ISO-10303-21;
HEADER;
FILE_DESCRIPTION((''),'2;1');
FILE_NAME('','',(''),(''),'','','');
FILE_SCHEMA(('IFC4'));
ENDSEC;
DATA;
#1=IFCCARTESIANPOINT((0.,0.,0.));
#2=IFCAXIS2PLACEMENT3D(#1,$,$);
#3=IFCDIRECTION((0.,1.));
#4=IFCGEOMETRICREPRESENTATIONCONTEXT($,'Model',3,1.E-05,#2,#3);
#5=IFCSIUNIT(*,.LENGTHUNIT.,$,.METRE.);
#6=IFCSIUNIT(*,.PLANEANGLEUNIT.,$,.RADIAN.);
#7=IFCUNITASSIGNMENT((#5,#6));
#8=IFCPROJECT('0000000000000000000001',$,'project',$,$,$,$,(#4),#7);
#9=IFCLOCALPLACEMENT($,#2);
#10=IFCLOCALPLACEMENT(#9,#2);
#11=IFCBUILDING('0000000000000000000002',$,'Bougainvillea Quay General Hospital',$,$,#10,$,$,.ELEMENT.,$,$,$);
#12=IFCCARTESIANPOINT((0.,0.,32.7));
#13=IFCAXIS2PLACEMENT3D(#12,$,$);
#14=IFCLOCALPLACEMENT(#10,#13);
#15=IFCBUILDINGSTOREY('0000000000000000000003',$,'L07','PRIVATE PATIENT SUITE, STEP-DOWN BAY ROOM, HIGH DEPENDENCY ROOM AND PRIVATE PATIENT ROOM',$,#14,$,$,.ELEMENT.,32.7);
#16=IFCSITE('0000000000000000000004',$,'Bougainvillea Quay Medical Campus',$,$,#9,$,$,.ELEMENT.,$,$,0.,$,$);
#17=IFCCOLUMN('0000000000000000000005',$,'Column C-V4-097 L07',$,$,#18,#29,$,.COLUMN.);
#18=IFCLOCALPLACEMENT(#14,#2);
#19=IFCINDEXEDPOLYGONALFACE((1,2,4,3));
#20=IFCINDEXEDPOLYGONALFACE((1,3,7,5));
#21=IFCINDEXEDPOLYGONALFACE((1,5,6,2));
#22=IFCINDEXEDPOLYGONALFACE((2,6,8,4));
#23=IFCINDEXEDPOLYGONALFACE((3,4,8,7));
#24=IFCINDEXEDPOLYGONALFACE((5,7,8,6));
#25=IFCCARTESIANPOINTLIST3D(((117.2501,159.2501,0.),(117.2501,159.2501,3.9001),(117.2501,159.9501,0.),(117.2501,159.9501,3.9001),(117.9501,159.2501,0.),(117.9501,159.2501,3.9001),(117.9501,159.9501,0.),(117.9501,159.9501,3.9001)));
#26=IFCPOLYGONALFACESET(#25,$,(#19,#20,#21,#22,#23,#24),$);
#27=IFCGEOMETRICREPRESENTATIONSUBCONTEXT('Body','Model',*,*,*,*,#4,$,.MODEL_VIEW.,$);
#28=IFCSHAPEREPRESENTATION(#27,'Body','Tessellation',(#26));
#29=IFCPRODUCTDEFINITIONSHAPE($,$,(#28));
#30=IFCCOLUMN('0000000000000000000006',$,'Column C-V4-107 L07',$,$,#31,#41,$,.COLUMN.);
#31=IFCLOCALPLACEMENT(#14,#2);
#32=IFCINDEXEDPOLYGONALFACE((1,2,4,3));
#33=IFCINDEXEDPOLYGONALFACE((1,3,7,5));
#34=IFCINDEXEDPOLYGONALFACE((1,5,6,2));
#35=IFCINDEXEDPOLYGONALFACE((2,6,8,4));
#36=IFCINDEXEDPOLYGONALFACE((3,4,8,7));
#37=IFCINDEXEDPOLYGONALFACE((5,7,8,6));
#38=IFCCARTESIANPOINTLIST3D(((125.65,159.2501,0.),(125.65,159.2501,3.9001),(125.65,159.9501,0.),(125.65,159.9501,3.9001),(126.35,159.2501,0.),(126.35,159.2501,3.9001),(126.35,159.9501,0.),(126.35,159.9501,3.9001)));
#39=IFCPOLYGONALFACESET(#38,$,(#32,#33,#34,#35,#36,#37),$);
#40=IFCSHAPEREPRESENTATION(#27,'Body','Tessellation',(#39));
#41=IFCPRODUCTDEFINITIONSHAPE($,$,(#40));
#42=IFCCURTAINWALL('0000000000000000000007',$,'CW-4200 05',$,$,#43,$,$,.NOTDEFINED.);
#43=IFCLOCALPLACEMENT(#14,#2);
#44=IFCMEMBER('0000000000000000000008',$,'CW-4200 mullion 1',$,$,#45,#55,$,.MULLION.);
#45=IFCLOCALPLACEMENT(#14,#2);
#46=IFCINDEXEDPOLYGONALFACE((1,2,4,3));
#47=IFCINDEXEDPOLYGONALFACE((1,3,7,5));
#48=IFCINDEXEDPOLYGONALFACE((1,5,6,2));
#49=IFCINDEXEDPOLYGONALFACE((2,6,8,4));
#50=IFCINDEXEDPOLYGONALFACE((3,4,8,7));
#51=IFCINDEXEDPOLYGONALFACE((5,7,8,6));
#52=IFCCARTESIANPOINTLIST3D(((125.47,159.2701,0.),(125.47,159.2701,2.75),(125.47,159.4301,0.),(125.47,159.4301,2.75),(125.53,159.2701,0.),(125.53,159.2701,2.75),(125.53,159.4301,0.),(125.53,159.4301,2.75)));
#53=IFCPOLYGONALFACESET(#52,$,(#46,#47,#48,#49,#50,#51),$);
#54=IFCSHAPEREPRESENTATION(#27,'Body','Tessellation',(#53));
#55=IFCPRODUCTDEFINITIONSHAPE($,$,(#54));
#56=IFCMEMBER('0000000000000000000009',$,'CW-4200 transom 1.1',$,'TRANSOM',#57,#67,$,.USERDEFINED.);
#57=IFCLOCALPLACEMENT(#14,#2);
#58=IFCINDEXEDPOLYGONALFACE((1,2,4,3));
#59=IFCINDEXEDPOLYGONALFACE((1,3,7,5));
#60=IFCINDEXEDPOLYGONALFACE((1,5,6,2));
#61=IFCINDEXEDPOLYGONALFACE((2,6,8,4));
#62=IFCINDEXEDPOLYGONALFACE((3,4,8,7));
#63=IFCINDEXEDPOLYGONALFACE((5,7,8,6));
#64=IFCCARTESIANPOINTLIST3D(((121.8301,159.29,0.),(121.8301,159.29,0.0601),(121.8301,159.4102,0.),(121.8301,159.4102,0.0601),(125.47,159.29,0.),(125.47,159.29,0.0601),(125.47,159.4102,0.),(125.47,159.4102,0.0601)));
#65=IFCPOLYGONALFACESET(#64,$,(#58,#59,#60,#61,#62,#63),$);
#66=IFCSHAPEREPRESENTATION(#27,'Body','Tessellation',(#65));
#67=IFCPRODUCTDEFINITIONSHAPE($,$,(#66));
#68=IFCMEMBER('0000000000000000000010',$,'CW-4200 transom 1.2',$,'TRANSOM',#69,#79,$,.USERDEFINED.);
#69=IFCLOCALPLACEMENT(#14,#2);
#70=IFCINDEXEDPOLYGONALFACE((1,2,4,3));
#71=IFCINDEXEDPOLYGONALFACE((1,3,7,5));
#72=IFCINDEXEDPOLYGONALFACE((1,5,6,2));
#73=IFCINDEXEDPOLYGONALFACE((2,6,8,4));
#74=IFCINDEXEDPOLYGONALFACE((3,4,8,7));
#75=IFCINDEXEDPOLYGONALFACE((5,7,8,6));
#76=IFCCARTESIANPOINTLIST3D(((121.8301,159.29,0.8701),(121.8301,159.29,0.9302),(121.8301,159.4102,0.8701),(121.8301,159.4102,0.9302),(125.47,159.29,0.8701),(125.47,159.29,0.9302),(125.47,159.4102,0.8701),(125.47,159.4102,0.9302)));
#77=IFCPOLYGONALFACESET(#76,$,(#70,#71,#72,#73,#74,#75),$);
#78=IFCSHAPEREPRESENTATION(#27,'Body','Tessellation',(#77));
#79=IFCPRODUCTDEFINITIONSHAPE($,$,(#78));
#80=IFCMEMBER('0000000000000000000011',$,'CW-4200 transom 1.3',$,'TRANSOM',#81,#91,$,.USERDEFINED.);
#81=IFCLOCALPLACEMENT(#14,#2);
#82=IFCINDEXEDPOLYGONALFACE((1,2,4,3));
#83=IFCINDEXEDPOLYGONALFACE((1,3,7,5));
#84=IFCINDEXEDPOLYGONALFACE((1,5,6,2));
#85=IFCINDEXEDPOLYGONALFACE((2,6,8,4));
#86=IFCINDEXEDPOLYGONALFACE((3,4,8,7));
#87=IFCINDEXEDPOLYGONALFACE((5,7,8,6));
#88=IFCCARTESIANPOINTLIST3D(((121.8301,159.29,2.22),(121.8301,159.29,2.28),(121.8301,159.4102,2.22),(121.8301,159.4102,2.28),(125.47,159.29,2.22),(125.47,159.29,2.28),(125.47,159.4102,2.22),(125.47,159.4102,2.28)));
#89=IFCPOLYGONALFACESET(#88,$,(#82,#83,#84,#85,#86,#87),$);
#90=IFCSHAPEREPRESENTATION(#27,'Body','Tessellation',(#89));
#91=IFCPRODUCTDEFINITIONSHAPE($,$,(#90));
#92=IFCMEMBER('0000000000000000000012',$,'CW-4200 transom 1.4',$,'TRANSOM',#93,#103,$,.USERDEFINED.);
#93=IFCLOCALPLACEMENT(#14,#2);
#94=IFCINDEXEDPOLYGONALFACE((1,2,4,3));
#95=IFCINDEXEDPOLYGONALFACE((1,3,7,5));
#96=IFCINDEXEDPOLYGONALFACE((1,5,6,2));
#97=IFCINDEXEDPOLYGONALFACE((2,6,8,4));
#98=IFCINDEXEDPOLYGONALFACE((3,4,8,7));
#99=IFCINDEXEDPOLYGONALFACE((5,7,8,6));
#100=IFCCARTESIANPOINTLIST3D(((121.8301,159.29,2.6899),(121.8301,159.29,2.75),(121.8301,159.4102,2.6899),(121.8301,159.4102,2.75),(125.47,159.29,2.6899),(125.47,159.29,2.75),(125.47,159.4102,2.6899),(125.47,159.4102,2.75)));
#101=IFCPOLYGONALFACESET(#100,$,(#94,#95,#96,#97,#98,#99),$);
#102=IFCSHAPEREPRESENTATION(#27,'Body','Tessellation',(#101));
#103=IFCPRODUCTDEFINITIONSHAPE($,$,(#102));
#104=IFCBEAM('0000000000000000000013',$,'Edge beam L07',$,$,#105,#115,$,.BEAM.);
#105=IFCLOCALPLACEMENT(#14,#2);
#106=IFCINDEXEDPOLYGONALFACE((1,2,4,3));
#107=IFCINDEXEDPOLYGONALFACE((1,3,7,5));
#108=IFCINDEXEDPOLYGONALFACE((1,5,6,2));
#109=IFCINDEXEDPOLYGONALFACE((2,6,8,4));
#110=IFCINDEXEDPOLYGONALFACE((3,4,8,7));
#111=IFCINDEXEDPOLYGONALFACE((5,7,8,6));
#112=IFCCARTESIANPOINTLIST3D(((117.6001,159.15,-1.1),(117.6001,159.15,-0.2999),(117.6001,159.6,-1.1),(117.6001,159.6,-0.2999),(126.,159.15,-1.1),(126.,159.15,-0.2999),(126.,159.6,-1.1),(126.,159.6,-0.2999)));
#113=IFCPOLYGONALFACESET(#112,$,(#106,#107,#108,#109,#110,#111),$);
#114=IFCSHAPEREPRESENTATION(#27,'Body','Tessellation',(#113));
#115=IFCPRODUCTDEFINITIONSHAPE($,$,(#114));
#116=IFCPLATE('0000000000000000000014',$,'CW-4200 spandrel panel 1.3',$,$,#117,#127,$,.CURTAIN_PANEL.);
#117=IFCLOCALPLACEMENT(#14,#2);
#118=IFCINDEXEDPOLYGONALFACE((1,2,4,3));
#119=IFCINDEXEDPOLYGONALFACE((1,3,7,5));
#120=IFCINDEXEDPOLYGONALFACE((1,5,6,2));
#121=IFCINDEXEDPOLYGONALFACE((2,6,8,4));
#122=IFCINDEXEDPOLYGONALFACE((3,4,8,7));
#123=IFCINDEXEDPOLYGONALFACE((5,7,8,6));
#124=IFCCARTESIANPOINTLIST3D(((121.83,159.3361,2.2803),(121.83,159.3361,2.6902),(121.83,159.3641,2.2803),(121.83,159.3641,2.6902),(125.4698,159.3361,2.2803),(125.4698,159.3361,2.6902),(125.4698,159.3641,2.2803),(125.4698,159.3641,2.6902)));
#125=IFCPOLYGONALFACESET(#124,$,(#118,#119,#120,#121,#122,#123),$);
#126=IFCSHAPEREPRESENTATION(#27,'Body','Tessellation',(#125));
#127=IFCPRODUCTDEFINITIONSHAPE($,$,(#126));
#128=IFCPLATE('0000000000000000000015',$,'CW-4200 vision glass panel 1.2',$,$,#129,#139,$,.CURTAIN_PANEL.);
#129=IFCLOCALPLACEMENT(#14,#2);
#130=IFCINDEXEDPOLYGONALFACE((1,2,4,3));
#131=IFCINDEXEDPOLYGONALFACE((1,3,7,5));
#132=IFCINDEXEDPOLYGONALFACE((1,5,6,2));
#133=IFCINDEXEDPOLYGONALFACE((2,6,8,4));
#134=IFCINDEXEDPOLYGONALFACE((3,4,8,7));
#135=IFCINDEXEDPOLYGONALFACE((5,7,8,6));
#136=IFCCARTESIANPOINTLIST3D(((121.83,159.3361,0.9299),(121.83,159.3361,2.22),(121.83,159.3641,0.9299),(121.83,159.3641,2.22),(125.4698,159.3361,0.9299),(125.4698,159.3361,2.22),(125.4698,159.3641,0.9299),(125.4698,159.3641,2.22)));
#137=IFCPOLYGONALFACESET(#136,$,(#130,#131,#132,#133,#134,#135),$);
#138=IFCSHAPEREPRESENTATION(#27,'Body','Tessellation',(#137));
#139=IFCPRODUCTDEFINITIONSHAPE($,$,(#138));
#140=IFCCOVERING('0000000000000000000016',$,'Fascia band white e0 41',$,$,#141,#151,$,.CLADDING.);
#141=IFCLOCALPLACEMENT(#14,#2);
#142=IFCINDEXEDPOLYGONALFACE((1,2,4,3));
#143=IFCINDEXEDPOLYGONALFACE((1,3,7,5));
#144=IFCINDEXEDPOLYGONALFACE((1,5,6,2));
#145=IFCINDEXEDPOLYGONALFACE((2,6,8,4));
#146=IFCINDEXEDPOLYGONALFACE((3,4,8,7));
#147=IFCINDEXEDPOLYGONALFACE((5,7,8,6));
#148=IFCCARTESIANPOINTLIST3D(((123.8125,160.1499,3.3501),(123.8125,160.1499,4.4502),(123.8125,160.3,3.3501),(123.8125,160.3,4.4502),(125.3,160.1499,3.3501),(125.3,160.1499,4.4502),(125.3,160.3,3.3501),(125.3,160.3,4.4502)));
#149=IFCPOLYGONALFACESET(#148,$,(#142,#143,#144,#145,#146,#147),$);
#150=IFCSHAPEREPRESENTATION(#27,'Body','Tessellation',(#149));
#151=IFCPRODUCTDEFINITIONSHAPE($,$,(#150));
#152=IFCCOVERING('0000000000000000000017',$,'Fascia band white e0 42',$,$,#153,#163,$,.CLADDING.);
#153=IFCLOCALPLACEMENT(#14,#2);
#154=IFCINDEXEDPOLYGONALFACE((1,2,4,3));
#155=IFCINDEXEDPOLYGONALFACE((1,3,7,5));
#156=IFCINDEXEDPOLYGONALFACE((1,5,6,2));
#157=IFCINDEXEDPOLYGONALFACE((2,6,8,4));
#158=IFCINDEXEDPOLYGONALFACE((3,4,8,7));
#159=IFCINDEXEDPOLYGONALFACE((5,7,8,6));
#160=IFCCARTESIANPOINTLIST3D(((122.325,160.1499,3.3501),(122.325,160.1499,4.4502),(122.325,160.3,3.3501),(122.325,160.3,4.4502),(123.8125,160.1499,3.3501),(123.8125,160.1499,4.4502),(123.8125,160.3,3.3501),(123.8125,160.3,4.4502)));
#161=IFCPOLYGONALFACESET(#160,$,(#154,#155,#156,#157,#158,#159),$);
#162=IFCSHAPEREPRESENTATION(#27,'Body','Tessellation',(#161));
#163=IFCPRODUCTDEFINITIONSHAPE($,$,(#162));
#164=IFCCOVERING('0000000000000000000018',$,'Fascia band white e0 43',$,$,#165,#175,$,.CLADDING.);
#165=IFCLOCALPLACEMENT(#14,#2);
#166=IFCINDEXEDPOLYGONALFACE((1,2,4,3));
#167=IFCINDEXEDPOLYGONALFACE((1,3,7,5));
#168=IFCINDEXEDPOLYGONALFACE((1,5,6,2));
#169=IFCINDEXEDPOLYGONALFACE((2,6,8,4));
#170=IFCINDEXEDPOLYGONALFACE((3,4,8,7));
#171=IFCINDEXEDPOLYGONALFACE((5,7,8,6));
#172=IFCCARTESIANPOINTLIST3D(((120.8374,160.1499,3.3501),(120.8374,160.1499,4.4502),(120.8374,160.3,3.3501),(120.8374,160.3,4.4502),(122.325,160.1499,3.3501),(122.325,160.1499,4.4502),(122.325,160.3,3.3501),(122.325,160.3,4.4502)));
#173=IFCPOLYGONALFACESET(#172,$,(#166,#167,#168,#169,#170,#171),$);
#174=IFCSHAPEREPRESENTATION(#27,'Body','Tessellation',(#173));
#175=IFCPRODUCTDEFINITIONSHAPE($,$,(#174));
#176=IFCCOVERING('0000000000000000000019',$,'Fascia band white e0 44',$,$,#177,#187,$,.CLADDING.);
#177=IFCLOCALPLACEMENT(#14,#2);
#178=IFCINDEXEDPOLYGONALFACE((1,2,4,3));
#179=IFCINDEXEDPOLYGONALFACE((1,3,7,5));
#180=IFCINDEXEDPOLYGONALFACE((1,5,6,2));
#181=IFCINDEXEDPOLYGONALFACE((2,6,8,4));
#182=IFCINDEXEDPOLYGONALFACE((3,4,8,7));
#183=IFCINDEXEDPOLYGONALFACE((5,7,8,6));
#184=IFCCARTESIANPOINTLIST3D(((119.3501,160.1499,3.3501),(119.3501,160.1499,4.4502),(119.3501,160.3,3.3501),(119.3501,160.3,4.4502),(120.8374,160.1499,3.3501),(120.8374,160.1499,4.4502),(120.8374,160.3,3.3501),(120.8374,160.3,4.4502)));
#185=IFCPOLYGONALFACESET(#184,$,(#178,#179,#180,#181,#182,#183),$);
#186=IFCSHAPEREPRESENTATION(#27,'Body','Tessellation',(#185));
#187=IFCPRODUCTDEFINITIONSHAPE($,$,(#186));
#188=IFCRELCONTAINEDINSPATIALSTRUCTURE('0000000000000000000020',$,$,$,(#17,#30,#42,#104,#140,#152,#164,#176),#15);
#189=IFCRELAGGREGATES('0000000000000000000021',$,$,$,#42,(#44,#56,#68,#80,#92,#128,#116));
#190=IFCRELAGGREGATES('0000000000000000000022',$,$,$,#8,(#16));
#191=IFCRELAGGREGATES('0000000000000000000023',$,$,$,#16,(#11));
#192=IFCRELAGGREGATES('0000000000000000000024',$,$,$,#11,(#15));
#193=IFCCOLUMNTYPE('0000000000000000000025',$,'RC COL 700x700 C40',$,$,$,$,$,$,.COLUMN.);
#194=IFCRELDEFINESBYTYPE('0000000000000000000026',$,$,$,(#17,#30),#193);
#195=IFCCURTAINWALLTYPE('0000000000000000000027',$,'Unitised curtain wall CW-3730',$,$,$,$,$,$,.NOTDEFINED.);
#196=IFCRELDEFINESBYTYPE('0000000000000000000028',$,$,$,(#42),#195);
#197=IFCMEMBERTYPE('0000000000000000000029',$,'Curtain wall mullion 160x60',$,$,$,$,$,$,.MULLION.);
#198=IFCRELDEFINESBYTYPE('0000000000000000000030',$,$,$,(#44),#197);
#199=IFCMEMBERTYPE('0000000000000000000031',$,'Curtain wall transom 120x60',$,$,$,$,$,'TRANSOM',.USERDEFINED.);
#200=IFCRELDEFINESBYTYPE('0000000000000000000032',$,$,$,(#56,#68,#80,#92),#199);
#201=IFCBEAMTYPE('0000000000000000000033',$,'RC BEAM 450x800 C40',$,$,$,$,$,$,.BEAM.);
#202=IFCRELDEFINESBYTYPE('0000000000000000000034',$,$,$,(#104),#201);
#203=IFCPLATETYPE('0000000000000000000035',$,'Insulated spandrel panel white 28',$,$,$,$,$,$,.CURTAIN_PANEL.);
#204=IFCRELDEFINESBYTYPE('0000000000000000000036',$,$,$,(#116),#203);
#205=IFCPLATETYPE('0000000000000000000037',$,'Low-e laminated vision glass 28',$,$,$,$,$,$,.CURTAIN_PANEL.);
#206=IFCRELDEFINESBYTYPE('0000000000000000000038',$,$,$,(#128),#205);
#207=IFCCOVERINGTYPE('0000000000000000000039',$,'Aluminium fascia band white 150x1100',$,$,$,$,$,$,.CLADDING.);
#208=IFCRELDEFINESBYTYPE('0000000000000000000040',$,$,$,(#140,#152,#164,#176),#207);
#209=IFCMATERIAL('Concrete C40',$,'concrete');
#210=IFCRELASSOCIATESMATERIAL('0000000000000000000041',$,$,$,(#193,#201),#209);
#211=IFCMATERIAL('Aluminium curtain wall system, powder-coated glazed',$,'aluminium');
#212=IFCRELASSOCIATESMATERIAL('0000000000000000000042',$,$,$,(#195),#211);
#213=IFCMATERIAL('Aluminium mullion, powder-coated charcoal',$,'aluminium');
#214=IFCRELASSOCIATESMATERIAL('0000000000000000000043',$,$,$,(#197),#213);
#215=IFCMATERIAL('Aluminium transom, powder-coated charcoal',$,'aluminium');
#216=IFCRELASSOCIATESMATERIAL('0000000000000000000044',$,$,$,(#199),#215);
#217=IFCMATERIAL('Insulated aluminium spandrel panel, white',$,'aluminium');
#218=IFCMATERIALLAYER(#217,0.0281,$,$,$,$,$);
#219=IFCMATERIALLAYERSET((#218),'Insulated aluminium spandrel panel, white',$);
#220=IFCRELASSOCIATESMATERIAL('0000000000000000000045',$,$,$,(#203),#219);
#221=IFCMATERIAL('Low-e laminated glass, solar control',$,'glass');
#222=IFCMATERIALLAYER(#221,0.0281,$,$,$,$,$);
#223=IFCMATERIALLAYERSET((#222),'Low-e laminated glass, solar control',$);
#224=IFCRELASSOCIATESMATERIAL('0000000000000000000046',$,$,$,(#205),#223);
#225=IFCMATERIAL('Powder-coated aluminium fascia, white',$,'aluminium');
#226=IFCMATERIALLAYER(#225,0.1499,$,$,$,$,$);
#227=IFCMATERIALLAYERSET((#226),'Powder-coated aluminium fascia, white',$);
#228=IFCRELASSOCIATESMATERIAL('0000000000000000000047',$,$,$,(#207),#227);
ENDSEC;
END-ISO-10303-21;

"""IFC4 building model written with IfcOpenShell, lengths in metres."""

from ifc_helpers import new_model, si_unit, direction, frame, origin, origin_2d, place, context, subcontext, project, spatial, polyline, rectangle, outline, extrude, material, layer, layer_set, material_profile, profile_set, type_object, element, aggregate, save


model = new_model("IFC4")

# Units and contexts
model_context = context("Model", 3, precision=1e-05, world=origin(), true_north=direction((0.0, 1.0)))
body_context = subcontext(model_context, "Body", "Model", "MODEL_VIEW")
ifc_project = project(units=[si_unit("LENGTHUNIT", "METRE"), si_unit("PLANEANGLEUNIT", "RADIAN")], contexts=[model_context])

# Site, building, storey
site_placement = place(None, origin())
site = spatial("IfcSite", under=ifc_project, at=site_placement, Name="Bougainvillea Quay Medical Campus", CompositionType="ELEMENT", RefElevation=0.0)
building_placement = place(site_placement, origin())
building = spatial("IfcBuilding", under=site, at=building_placement, Name="Bougainvillea Quay General Hospital", CompositionType="ELEMENT")
storey_placement = place(building_placement, frame((0.0, 0.0, 32.7)))
storey = spatial("IfcBuildingStorey", under=building, at=storey_placement, Name="L07", Description="PRIVATE PATIENT SUITE, STEP-DOWN BAY ROOM, HIGH DEPENDENCY ROOM AND PRIVATE PATIENT ROOM", CompositionType="ELEMENT", Elevation=32.7)

# Columns
ifc_material_1 = material(Name="Concrete C40", Category="concrete")
ifc_material_profile_1 = material_profile(ifc_material_1, rectangle(XDim=0.7, YDim=0.7, at=origin_2d()))
ifc_profile_set_1 = profile_set([ifc_material_profile_1], Name="Concrete C40")
column_type = type_object("IfcColumnType", Name="RC COL 700x700 C40", PredefinedType="COLUMN", material=ifc_profile_set_1)
for number, where, z_axis, x_axis, name in (
    (1, (117.6001, 159.6001, 0.0), (0.0, 0.0, 1.0), (1.0, 0.0, 0.0), "Column C-V4-097 L07"),
    (2, (126.0, 159.6001, 0.0), (0.0, 0.0, 1.0), (1.0, 0.0, 0.0), "Column C-V4-107 L07"),
):
    element("IfcColumn", number, at=place(storey_placement, frame(where, z_axis=z_axis, x_axis=x_axis)), inside=storey, type_object=column_type, Name=name, PredefinedType="COLUMN", context=body_context, shape_type="SweptSolid", body=[
        extrude(rectangle(XDim=0.7, YDim=0.7, at=origin_2d()), origin(), (0.0, 0.0, 1.0), 3.9001),
    ])

# Curtain wall, members
ifc_material_2 = material(Name="Aluminium curtain wall system, powder-coated glazed", Category="aluminium")
curtain_wall_type = type_object("IfcCurtainWallType", Name="Unitised curtain wall CW-3730", PredefinedType="NOTDEFINED", material=ifc_material_2)
curtain_wall_placement = place(storey_placement, origin())
curtain_wall = element("IfcCurtainWall", 3, at=curtain_wall_placement, inside=storey, type_object=curtain_wall_type, Name="CW-4200 05", PredefinedType="NOTDEFINED")
ifc_material_3 = material(Name="Aluminium mullion, powder-coated charcoal", Category="aluminium")
ifc_material_profile_2 = material_profile(ifc_material_3, rectangle(XDim=0.1599, YDim=0.0601, at=origin_2d()))
ifc_profile_set_2 = profile_set([ifc_material_profile_2], Name="Aluminium mullion, powder-coated charcoal")
member_type_1 = type_object("IfcMemberType", Name="Curtain wall mullion 160x60", PredefinedType="MULLION", material=ifc_profile_set_2)
member_1_placement = place(storey_placement, frame((125.5, 159.3501, 0.0), z_axis=(0.0, 0.0, 1.0), x_axis=(0.0, -1.0, 0.0)))
member_1 = element("IfcMember", 4, at=member_1_placement, type_object=member_type_1, Name="CW-4200 mullion 1", PredefinedType="MULLION", context=body_context, shape_type="SweptSolid", body=[
    extrude(rectangle(XDim=0.1599, YDim=0.0601, at=origin_2d()), origin(), (0.0, 0.0, 1.0), 2.75),
])
ifc_material_4 = material(Name="Aluminium transom, powder-coated charcoal", Category="aluminium")
ifc_material_profile_3 = material_profile(ifc_material_4, rectangle(XDim=0.1201, YDim=0.0601, at=origin_2d()))
ifc_profile_set_3 = profile_set([ifc_material_profile_3], Name="Aluminium transom, powder-coated charcoal")
member_type_2 = type_object("IfcMemberType", Name="Curtain wall transom 120x60", ElementType="TRANSOM", PredefinedType="USERDEFINED", material=ifc_profile_set_3)
member_2_placement = place(storey_placement, frame((125.47, 159.3501, 0.03), z_axis=(-1.0, 0.0, 0.0), x_axis=(0.0, -1.0, 0.0)))
member_2 = element("IfcMember", 5, at=member_2_placement, type_object=member_type_2, Name="CW-4200 transom 1.1", ObjectType="TRANSOM", PredefinedType="USERDEFINED", context=body_context, shape_type="SweptSolid", body=[
    extrude(rectangle(XDim=0.1201, YDim=0.0601, at=origin_2d()), origin(), (0.0, 0.0, 1.0), 3.6399),
])
member_3_placement = place(storey_placement, frame((125.47, 159.3501, 0.9001), z_axis=(-1.0, 0.0, 0.0), x_axis=(0.0, -1.0, 0.0)))
member_3 = element("IfcMember", 6, at=member_3_placement, type_object=member_type_2, Name="CW-4200 transom 1.2", ObjectType="TRANSOM", PredefinedType="USERDEFINED", context=body_context, shape_type="SweptSolid", body=[
    extrude(rectangle(XDim=0.1201, YDim=0.0601, at=origin_2d()), origin(), (0.0, 0.0, 1.0), 3.6399),
])
member_4_placement = place(storey_placement, frame((125.47, 159.3501, 2.25), z_axis=(-1.0, 0.0, 0.0), x_axis=(0.0, -1.0, 0.0)))
member_4 = element("IfcMember", 7, at=member_4_placement, type_object=member_type_2, Name="CW-4200 transom 1.3", ObjectType="TRANSOM", PredefinedType="USERDEFINED", context=body_context, shape_type="SweptSolid", body=[
    extrude(rectangle(XDim=0.1201, YDim=0.0601, at=origin_2d()), origin(), (0.0, 0.0, 1.0), 3.6399),
])
member_5_placement = place(storey_placement, frame((125.47, 159.3501, 2.72), z_axis=(-1.0, 0.0, 0.0), x_axis=(0.0, -1.0, 0.0)))
member_5 = element("IfcMember", 8, at=member_5_placement, type_object=member_type_2, Name="CW-4200 transom 1.4", ObjectType="TRANSOM", PredefinedType="USERDEFINED", context=body_context, shape_type="SweptSolid", body=[
    extrude(rectangle(XDim=0.1201, YDim=0.0601, at=origin_2d()), origin(), (0.0, 0.0, 1.0), 3.6399),
])

# Beam
ifc_material_profile_4 = material_profile(ifc_material_1, rectangle(XDim=0.45, YDim=0.8, at=origin_2d()))
ifc_profile_set_4 = profile_set([ifc_material_profile_4], Name="Concrete C40")
beam_type = type_object("IfcBeamType", Name="RC BEAM 450x800 C40", PredefinedType="BEAM", material=ifc_profile_set_4)
beam_placement = place(storey_placement, frame((126.0, 159.375, -0.7), z_axis=(-1.0, 0.0, 0.0), x_axis=(0.0, -1.0, 0.0)))
element("IfcBeam", 9, at=beam_placement, inside=storey, type_object=beam_type, Name="Edge beam L07", PredefinedType="BEAM", context=body_context, shape_type="SweptSolid", body=[
    extrude(rectangle(XDim=0.45, YDim=0.8, at=origin_2d()), origin(), (0.0, 0.0, 1.0), 8.3999),
])

# Plates
ifc_material_5 = material(Name="Insulated aluminium spandrel panel, white", Category="aluminium")
ifc_layer_1 = layer(ifc_material_5, 0.0281)
ifc_layer_set_1 = layer_set([ifc_layer_1], Name="Insulated aluminium spandrel panel, white")
plate_type_1 = type_object("IfcPlateType", Name="Insulated spandrel panel white 28", PredefinedType="CURTAIN_PANEL", material=ifc_layer_set_1)
plate_1_placement = place(storey_placement, frame((123.6499, 159.3501, 2.2803), z_axis=(0.0, 0.0, 1.0), x_axis=(-1.0, 0.0, 0.0)))
plate_1 = element("IfcPlate", 10, at=plate_1_placement, type_object=plate_type_1, Name="CW-4200 spandrel panel 1.3", PredefinedType="CURTAIN_PANEL", context=body_context, shape_type="SweptSolid", body=[
    extrude(rectangle(XDim=3.6399, YDim=0.0281, at=origin_2d()), origin(), (0.0, 0.0, 1.0), 0.4099),
])
ifc_material_6 = material(Name="Low-e laminated glass, solar control", Category="glass")
ifc_layer_2 = layer(ifc_material_6, 0.0281)
ifc_layer_set_2 = layer_set([ifc_layer_2], Name="Low-e laminated glass, solar control")
plate_type_2 = type_object("IfcPlateType", Name="Low-e laminated vision glass 28", PredefinedType="CURTAIN_PANEL", material=ifc_layer_set_2)
plate_2_placement = place(storey_placement, frame((123.6499, 159.3501, 0.9299), z_axis=(0.0, 0.0, 1.0), x_axis=(-1.0, 0.0, 0.0)))
plate_2 = element("IfcPlate", 11, at=plate_2_placement, type_object=plate_type_2, Name="CW-4200 vision glass panel 1.2", PredefinedType="CURTAIN_PANEL", context=body_context, shape_type="SweptSolid", body=[
    extrude(rectangle(XDim=3.6399, YDim=0.0281, at=origin_2d()), origin(), (0.0, 0.0, 1.0), 1.29),
])
aggregate(curtain_wall, [member_1, member_2, member_3, member_4, member_5, plate_2, plate_1])

# Coverings
ifc_material_7 = material(Name="Powder-coated aluminium fascia, white", Category="aluminium")
ifc_layer_3 = layer(ifc_material_7, 0.1499)
ifc_layer_set_3 = layer_set([ifc_layer_3], Name="Powder-coated aluminium fascia, white")
covering_type = type_object("IfcCoveringType", Name="Aluminium fascia band white 150x1100", PredefinedType="CLADDING", material=ifc_layer_set_3)
for number, where, z_axis, x_axis, name in (
    (12, (125.3, 160.1499, 3.3501), (0.0, 0.0, 1.0), (-1.0, 0.0, 0.0), "Fascia band white e0 41"),
    (13, (123.8125, 160.1499, 3.3501), (0.0, 0.0, 1.0), (-1.0, 0.0, 0.0), "Fascia band white e0 42"),
    (14, (122.325, 160.1499, 3.3501), (0.0, 0.0, 1.0), (-1.0, 0.0, 0.0), "Fascia band white e0 43"),
):
    element("IfcCovering", number, at=place(storey_placement, frame(where, z_axis=z_axis, x_axis=x_axis)), inside=storey, type_object=covering_type, Name=name, PredefinedType="CLADDING", context=body_context, shape_type="SweptSolid", body=[
        extrude(outline(polyline([(0.0, 0.0), (1.4875, 0.0), (1.4875, -0.1501), (0.0, -0.1501), (0.0, 0.0)])), origin(), (0.0, 0.0, 1.0), 1.1001),
    ])
covering_placement = place(storey_placement, frame((120.8374, 160.1499, 3.3501), z_axis=(0.0, 0.0, 1.0), x_axis=(-1.0, 0.0, 0.0)))
element("IfcCovering", 15, at=covering_placement, inside=storey, type_object=covering_type, Name="Fascia band white e0 44", PredefinedType="CLADDING", context=body_context, shape_type="SweptSolid", body=[
    extrude(outline(polyline([(0.0, 0.0), (1.4873, 0.0), (1.4873, -0.1501), (0.0, -0.1501), (0.0, 0.0)])), origin(), (0.0, 0.0, 1.0), 1.1001),
])

save(model, "model.ifc")
